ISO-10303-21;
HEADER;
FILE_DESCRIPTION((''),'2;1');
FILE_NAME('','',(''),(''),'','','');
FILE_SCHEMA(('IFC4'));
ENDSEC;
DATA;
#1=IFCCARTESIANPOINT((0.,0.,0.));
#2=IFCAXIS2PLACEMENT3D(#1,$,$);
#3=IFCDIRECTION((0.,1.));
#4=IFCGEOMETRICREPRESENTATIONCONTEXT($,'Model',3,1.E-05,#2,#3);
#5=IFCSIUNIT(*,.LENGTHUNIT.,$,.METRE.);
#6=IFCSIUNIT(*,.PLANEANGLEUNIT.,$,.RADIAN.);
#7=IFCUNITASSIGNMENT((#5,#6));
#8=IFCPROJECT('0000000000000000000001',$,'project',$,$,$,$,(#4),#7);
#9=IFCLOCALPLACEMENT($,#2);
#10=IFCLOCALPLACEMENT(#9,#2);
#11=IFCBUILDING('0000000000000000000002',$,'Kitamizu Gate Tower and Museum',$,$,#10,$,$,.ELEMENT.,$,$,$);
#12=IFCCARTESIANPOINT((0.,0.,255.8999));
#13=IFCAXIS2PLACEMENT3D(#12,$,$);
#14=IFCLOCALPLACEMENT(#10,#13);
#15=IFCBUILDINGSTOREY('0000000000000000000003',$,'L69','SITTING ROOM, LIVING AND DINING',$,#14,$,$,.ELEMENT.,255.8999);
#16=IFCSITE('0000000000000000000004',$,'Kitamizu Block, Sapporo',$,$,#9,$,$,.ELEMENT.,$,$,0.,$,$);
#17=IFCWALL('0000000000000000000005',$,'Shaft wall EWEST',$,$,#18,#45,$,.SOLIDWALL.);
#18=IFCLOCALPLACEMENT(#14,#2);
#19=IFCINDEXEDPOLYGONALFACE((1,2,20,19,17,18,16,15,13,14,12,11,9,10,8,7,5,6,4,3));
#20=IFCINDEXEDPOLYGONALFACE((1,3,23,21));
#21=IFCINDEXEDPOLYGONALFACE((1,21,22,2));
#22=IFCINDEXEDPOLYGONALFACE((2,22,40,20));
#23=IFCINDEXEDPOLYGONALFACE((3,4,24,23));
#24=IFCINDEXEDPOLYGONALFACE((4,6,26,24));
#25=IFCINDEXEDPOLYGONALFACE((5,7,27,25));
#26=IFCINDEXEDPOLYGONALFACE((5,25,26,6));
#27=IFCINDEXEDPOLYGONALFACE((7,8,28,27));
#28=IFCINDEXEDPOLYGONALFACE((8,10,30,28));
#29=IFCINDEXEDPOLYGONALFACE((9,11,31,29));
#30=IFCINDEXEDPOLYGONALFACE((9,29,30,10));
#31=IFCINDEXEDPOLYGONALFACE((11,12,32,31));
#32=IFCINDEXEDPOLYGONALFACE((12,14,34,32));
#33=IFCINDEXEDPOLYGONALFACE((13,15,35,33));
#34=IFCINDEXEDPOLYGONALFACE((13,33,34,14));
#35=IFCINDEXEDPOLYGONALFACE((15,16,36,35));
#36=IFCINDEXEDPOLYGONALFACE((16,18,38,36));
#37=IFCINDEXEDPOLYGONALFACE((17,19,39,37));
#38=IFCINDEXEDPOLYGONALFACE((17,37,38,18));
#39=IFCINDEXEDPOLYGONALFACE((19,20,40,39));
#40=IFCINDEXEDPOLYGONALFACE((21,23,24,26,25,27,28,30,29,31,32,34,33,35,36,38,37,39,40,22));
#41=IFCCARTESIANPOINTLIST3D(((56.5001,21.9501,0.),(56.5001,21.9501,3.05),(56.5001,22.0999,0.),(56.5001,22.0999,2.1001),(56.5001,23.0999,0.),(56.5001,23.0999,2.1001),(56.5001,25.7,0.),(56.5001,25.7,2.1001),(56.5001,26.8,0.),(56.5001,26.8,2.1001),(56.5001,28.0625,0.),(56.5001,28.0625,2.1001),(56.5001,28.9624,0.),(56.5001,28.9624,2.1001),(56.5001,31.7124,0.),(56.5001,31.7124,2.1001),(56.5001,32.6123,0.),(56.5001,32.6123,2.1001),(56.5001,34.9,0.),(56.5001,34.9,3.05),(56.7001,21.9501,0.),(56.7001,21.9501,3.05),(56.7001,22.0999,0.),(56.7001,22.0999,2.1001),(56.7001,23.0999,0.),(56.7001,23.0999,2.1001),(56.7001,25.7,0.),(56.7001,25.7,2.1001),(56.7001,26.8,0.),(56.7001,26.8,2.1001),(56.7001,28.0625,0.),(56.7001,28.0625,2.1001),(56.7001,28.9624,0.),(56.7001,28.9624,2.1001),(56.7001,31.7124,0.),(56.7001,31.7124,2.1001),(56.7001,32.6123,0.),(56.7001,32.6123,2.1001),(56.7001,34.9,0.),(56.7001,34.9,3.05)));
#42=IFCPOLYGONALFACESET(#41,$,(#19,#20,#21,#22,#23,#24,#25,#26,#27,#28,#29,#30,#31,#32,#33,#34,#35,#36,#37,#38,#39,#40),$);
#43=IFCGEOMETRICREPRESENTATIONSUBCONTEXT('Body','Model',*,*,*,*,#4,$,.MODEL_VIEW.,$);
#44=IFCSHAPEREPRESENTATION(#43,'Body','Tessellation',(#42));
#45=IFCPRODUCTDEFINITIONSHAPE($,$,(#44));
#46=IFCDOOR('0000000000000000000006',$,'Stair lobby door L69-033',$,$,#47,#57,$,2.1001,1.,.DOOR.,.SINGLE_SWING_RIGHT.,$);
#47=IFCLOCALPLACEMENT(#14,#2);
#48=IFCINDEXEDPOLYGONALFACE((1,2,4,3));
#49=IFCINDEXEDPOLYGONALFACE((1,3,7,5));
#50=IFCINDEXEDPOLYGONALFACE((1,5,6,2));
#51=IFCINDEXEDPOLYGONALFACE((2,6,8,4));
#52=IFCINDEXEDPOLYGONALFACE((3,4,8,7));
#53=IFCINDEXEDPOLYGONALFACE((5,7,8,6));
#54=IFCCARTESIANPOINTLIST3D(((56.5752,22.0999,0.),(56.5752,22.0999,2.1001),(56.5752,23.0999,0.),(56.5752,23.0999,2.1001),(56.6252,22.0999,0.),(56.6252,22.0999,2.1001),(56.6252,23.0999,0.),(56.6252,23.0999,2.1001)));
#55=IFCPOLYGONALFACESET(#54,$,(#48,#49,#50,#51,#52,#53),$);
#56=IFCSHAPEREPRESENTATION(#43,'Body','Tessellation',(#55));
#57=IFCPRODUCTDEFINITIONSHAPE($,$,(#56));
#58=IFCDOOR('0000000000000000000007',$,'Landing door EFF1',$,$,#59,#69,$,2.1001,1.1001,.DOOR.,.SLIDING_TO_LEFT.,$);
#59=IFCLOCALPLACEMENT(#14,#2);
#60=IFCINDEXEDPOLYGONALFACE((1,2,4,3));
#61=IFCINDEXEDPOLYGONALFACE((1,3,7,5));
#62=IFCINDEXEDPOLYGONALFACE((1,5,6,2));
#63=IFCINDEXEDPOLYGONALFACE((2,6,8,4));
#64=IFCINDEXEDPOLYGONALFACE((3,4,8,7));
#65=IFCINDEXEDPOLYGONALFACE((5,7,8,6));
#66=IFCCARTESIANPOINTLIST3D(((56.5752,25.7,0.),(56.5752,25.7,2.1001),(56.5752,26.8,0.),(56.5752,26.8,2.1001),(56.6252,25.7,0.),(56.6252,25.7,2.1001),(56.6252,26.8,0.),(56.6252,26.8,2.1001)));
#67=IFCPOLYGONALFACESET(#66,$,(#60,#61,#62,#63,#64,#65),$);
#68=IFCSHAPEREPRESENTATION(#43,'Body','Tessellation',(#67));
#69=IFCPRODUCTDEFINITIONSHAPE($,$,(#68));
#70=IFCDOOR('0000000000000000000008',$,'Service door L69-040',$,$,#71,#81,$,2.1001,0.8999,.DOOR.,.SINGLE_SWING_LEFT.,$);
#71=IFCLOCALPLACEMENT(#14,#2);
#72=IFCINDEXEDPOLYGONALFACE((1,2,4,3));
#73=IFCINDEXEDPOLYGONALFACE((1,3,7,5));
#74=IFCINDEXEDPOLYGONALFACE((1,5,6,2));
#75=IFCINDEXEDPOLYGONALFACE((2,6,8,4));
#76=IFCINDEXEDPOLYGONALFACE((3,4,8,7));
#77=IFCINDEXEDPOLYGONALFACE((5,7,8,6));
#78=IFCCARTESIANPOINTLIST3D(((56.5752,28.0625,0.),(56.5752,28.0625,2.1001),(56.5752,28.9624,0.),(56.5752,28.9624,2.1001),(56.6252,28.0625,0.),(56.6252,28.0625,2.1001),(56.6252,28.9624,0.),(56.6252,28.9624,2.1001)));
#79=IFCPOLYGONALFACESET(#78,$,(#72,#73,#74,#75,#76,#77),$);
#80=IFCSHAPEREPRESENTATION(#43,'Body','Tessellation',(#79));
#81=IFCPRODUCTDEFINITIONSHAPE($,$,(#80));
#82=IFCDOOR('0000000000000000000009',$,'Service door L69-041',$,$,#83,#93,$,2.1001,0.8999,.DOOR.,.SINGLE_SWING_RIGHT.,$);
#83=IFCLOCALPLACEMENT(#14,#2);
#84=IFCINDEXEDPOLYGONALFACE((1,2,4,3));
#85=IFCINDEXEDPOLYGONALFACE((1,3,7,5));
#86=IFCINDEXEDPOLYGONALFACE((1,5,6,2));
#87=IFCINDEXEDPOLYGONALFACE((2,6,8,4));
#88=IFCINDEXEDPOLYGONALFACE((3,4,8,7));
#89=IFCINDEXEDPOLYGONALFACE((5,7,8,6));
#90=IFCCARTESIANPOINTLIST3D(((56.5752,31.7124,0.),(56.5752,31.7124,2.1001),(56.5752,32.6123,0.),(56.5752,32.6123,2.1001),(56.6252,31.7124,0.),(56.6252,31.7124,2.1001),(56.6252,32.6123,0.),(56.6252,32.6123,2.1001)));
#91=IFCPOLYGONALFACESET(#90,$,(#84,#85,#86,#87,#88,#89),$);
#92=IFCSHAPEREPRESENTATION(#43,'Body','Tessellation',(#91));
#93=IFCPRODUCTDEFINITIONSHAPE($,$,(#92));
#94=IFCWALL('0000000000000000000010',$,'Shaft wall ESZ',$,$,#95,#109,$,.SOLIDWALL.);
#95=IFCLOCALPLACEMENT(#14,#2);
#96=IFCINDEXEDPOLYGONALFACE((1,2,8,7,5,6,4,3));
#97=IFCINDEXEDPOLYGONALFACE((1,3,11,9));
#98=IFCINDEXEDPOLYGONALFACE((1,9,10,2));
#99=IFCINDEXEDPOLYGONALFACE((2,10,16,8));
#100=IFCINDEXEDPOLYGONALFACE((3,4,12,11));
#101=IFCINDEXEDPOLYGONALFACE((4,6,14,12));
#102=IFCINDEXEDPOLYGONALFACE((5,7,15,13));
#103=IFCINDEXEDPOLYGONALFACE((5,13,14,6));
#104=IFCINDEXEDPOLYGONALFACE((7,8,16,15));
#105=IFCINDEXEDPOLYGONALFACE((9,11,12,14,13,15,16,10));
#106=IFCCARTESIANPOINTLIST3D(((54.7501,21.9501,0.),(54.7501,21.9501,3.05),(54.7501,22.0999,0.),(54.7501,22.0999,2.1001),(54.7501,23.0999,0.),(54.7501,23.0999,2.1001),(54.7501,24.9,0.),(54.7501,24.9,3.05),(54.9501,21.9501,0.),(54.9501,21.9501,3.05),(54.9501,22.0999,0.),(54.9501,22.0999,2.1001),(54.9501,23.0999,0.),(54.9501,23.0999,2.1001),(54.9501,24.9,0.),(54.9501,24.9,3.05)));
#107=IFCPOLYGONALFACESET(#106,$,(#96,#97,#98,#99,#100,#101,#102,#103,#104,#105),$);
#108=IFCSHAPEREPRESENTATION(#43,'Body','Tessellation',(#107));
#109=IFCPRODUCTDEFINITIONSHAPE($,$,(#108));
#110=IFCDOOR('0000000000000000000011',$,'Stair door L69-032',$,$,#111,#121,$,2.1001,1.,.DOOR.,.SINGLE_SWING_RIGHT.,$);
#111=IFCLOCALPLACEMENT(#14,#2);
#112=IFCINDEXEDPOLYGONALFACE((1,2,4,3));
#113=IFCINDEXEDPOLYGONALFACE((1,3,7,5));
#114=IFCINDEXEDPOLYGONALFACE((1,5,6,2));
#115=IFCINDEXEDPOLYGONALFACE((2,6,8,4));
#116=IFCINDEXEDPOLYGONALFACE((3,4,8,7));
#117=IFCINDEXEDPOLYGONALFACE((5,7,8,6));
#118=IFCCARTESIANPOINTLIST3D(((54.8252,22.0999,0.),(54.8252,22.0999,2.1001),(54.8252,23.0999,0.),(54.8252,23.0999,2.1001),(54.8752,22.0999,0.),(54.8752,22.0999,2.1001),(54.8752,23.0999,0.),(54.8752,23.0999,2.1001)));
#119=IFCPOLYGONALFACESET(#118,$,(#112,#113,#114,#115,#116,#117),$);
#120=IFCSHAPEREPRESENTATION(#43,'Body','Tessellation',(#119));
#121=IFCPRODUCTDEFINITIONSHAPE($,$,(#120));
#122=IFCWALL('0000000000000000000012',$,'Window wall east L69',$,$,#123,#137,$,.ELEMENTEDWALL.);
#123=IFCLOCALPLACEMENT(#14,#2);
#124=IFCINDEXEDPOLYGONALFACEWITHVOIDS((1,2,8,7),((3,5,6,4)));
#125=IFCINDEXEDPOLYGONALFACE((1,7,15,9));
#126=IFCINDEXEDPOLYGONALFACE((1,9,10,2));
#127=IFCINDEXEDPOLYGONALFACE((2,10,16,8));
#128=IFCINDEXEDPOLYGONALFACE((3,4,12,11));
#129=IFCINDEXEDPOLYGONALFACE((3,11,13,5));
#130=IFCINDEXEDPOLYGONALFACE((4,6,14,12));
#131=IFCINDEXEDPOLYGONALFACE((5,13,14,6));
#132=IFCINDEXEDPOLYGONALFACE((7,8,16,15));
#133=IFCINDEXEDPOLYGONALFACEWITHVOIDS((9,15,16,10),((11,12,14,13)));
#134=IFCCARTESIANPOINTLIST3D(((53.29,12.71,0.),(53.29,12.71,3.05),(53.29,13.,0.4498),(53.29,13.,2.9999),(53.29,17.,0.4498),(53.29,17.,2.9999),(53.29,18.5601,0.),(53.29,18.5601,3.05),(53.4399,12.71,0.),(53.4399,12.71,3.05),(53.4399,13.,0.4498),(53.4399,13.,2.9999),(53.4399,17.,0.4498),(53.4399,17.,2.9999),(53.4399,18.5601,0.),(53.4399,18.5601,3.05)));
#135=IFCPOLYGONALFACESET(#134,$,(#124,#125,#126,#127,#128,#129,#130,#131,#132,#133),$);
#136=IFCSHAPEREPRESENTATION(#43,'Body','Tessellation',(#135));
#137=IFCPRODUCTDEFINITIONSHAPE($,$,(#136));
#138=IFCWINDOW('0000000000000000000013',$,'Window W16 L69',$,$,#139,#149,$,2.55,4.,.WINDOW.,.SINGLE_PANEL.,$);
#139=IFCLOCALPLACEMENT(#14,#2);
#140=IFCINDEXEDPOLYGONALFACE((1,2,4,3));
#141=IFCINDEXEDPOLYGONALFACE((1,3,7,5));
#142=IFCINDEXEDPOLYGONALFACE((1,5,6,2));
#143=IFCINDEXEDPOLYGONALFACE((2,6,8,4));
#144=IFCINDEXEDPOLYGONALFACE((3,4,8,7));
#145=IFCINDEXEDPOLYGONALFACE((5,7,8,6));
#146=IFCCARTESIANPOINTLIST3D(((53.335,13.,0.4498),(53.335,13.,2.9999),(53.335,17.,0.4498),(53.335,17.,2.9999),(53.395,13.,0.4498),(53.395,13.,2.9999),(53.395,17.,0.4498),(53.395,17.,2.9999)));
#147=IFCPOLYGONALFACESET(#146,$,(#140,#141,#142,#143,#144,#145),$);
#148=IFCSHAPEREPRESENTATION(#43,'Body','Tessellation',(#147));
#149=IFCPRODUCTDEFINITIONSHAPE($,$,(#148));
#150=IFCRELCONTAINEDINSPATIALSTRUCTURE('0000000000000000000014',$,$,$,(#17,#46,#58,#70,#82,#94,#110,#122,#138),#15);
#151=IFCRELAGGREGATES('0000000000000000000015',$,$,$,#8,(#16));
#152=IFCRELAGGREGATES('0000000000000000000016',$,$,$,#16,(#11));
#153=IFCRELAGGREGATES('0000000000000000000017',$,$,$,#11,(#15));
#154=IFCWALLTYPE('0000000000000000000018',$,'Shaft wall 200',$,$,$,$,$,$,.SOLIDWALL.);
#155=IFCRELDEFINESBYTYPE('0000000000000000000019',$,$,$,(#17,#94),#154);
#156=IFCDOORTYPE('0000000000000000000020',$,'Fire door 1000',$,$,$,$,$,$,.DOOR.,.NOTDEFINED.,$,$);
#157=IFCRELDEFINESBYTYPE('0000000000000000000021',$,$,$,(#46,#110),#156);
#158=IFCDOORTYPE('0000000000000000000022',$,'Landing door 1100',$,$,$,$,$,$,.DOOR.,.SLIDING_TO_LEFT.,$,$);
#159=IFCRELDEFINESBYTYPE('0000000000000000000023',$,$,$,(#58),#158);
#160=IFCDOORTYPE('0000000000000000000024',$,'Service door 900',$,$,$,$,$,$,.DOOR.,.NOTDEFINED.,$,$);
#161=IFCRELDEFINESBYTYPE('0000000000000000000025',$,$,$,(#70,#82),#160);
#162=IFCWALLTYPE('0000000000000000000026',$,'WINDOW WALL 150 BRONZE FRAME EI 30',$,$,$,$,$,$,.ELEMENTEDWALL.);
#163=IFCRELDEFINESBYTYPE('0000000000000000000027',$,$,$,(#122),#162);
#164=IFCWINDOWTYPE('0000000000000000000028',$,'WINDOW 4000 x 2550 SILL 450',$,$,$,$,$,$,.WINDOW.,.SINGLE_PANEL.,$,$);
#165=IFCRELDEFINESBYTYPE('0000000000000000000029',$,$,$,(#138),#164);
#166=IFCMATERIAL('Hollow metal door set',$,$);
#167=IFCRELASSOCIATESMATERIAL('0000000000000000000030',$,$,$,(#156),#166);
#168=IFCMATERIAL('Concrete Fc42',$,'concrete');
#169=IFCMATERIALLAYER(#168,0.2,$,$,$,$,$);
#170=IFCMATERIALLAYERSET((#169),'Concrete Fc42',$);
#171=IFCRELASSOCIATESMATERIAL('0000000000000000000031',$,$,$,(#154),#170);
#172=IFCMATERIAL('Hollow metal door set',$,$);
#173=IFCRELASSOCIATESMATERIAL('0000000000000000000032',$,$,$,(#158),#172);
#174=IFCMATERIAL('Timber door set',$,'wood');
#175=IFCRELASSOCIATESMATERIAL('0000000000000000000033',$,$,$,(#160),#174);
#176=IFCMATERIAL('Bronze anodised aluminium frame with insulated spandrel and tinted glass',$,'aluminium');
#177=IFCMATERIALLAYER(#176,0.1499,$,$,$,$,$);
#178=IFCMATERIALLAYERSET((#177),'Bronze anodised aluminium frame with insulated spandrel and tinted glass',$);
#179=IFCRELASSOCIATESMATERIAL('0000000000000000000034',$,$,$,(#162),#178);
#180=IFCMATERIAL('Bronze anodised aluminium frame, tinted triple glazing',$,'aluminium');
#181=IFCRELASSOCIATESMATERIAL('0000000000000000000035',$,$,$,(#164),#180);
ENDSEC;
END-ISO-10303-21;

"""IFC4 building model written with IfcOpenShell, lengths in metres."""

from ifc_helpers import new_model, si_unit, direction, frame, frame_2d, origin, place, context, subcontext, project, spatial, rectangle, extrude, material, layer, layer_set, type_object, element, fill, save


model = new_model("IFC4")

# Units and contexts
model_context = context("Model", 3, precision=1e-05, world=origin(), true_north=direction((0.0, 1.0)))
body_context = subcontext(model_context, "Body", "Model", "MODEL_VIEW")
ifc_project = project(units=[si_unit("LENGTHUNIT", "METRE"), si_unit("PLANEANGLEUNIT", "RADIAN")], contexts=[model_context])

# Site, building, storey
site_placement = place(None, origin())
site = spatial("IfcSite", under=ifc_project, at=site_placement, Name="Kitamizu Block, Sapporo", CompositionType="ELEMENT", RefElevation=0.0)
building_placement = place(site_placement, origin())
building = spatial("IfcBuilding", under=site, at=building_placement, Name="Kitamizu Gate Tower and Museum", CompositionType="ELEMENT")
storey_placement = place(building_placement, frame((0.0, 0.0, 255.8999)))
storey = spatial("IfcBuildingStorey", under=building, at=storey_placement, Name="L69", Description="SITTING ROOM, LIVING AND DINING", CompositionType="ELEMENT", Elevation=255.8999)

# Shared definitions
ifc_material_1 = material(Name="Hollow metal door set")
door_type_1 = type_object("IfcDoorType", Name="Fire door 1000", OperationType="NOTDEFINED", PredefinedType="DOOR", material=ifc_material_1)

# Wall, openings, doors
ifc_material_2 = material(Name="Concrete Fc42", Category="concrete")
ifc_layer_1 = layer(ifc_material_2, 0.2)
ifc_layer_set_1 = layer_set([ifc_layer_1], Name="Concrete Fc42")
wall_type_1 = type_object("IfcWallType", Name="Shaft wall 200", PredefinedType="SOLIDWALL", material=ifc_layer_set_1)
wall_1_placement = place(storey_placement, frame((56.6001, 21.95, 0.0), z_axis=(0.0, 0.0, 1.0), x_axis=(0.0, 1.0, 0.0)))
wall_1 = element("IfcWall", 1, at=wall_1_placement, inside=storey, type_object=wall_type_1, Name="Shaft wall EWEST", PredefinedType="SOLIDWALL", context=body_context, shape_type="SweptSolid", body=[
    extrude(rectangle(XDim=12.95, YDim=0.2, at=frame_2d((6.4751, 0.0))), origin(), (0.0, 0.0, 1.0), 3.05),
])
opening_1_placement = place(wall_1_placement, frame((3.75, 0.0, 0.0)))
opening_1 = element("IfcOpeningElement", 2, at=opening_1_placement, cuts=wall_1, PredefinedType="OPENING", context=body_context, shape_type="SweptSolid", body=[
    extrude(rectangle(XDim=1.1001, YDim=2.1001, at=frame_2d((0.55, 1.05))), frame((0.0, 0.1099, 0.0), z_axis=(0.0, -1.0, 0.0), x_axis=(1.0, 0.0, 0.0)), (0.0, 0.0, 1.0), 0.22),
])
opening_2_placement = place(wall_1_placement, frame((0.1499, 0.0, 0.0)))
opening_2 = element("IfcOpeningElement", 3, at=opening_2_placement, cuts=wall_1, PredefinedType="OPENING", context=body_context, shape_type="SweptSolid", body=[
    extrude(rectangle(XDim=1.0, YDim=2.1001, at=frame_2d((0.5, 1.05))), frame((0.0, 0.1099, 0.0), z_axis=(0.0, -1.0, 0.0), x_axis=(1.0, 0.0, 0.0)), (0.0, 0.0, 1.0), 0.22),
])
opening_3_placement = place(wall_1_placement, frame((6.1125, 0.0, 0.0)))
opening_3 = element("IfcOpeningElement", 4, at=opening_3_placement, cuts=wall_1, PredefinedType="OPENING", context=body_context, shape_type="SweptSolid", body=[
    extrude(rectangle(XDim=0.8999, YDim=2.1001, at=frame_2d((0.45, 1.05))), frame((0.0, 0.1099, 0.0), z_axis=(0.0, -1.0, 0.0), x_axis=(1.0, 0.0, 0.0)), (0.0, 0.0, 1.0), 0.22),
])
opening_4_placement = place(wall_1_placement, frame((9.7625, 0.0, 0.0)))
opening_4 = element("IfcOpeningElement", 5, at=opening_4_placement, cuts=wall_1, PredefinedType="OPENING", context=body_context, shape_type="SweptSolid", body=[
    extrude(rectangle(XDim=0.8999, YDim=2.1001, at=frame_2d((0.45, 1.05))), frame((0.0, 0.1099, 0.0), z_axis=(0.0, -1.0, 0.0), x_axis=(1.0, 0.0, 0.0)), (0.0, 0.0, 1.0), 0.22),
])
door_1_placement = place(opening_2_placement, origin())
door_1 = element("IfcDoor", 6, at=door_1_placement, inside=storey, type_object=door_type_1, Name="Stair lobby door L69-033", OperationType="SINGLE_SWING_RIGHT", OverallHeight=2.1001, OverallWidth=1.0, PredefinedType="DOOR", context=body_context, shape_type="SweptSolid", body=[
    extrude(rectangle(XDim=1.0, YDim=2.1001, at=frame_2d((0.5, 1.05))), frame((0.0, 0.0249, 0.0), z_axis=(0.0, -1.0, 0.0), x_axis=(1.0, 0.0, 0.0)), (0.0, 0.0, 1.0), 0.05),
])
fill(opening_2, door_1)
ifc_material_3 = material(Name="Hollow metal door set")
door_type_2 = type_object("IfcDoorType", Name="Landing door 1100", OperationType="SLIDING_TO_LEFT", PredefinedType="DOOR", material=ifc_material_3)
door_2_placement = place(opening_1_placement, origin())
door_2 = element("IfcDoor", 7, at=door_2_placement, inside=storey, type_object=door_type_2, Name="Landing door EFF1", OperationType="SLIDING_TO_LEFT", OverallHeight=2.1001, OverallWidth=1.1001, PredefinedType="DOOR", context=body_context, shape_type="SweptSolid", body=[
    extrude(rectangle(XDim=1.1001, YDim=2.1001, at=frame_2d((0.55, 1.05))), frame((0.0, 0.0249, 0.0), z_axis=(0.0, -1.0, 0.0), x_axis=(1.0, 0.0, 0.0)), (0.0, 0.0, 1.0), 0.05),
])
fill(opening_1, door_2)
ifc_material_4 = material(Name="Timber door set", Category="wood")
door_type_3 = type_object("IfcDoorType", Name="Service door 900", OperationType="NOTDEFINED", PredefinedType="DOOR", material=ifc_material_4)
door_3_placement = place(opening_3_placement, origin())
door_3 = element("IfcDoor", 8, at=door_3_placement, inside=storey, type_object=door_type_3, Name="Service door L69-040", OperationType="SINGLE_SWING_LEFT", OverallHeight=2.1001, OverallWidth=0.8999, PredefinedType="DOOR", context=body_context, shape_type="SweptSolid", body=[
    extrude(rectangle(XDim=0.8999, YDim=2.1001, at=frame_2d((0.45, 1.05))), frame((0.0, 0.0249, 0.0), z_axis=(0.0, -1.0, 0.0), x_axis=(1.0, 0.0, 0.0)), (0.0, 0.0, 1.0), 0.05),
])
fill(opening_3, door_3)
door_4_placement = place(opening_4_placement, origin())
door_4 = element("IfcDoor", 9, at=door_4_placement, inside=storey, type_object=door_type_3, Name="Service door L69-041", OperationType="SINGLE_SWING_RIGHT", OverallHeight=2.1001, OverallWidth=0.8999, PredefinedType="DOOR", context=body_context, shape_type="SweptSolid", body=[
    extrude(rectangle(XDim=0.8999, YDim=2.1001, at=frame_2d((0.45, 1.05))), frame((0.0, 0.0249, 0.0), z_axis=(0.0, -1.0, 0.0), x_axis=(1.0, 0.0, 0.0)), (0.0, 0.0, 1.0), 0.05),
])
fill(opening_4, door_4)

# Wall, opening, door
wall_2_placement = place(storey_placement, frame((54.8501, 21.95, 0.0), z_axis=(0.0, 0.0, 1.0), x_axis=(0.0, 1.0, 0.0)))
wall_2 = element("IfcWall", 10, at=wall_2_placement, inside=storey, type_object=wall_type_1, Name="Shaft wall ESZ", PredefinedType="SOLIDWALL", context=body_context, shape_type="SweptSolid", body=[
    extrude(rectangle(XDim=2.95, YDim=0.2, at=frame_2d((1.4751, 0.0))), origin(), (0.0, 0.0, 1.0), 3.05),
])
opening_5_placement = place(wall_2_placement, frame((0.1499, 0.0, 0.0)))
opening_5 = element("IfcOpeningElement", 11, at=opening_5_placement, cuts=wall_2, PredefinedType="OPENING", context=body_context, shape_type="SweptSolid", body=[
    extrude(rectangle(XDim=1.0, YDim=2.1001, at=frame_2d((0.5, 1.05))), frame((0.0, 0.1099, 0.0), z_axis=(0.0, -1.0, 0.0), x_axis=(1.0, 0.0, 0.0)), (0.0, 0.0, 1.0), 0.22),
])
door_5_placement = place(opening_5_placement, origin())
door_5 = element("IfcDoor", 12, at=door_5_placement, inside=storey, type_object=door_type_1, Name="Stair door L69-032", OperationType="SINGLE_SWING_RIGHT", OverallHeight=2.1001, OverallWidth=1.0, PredefinedType="DOOR", context=body_context, shape_type="SweptSolid", body=[
    extrude(rectangle(XDim=1.0, YDim=2.1001, at=frame_2d((0.5, 1.05))), frame((0.0, 0.0249, 0.0), z_axis=(0.0, -1.0, 0.0), x_axis=(1.0, 0.0, 0.0)), (0.0, 0.0, 1.0), 0.05),
])
fill(opening_5, door_5)

# Wall, opening, window
ifc_material_5 = material(Name="Bronze anodised aluminium frame with insulated spandrel and tinted glass", Category="aluminium")
ifc_layer_2 = layer(ifc_material_5, 0.1499)
ifc_layer_set_2 = layer_set([ifc_layer_2], Name="Bronze anodised aluminium frame with insulated spandrel and tinted glass")
wall_type_2 = type_object("IfcWallType", Name="WINDOW WALL 150 BRONZE FRAME EI 30", PredefinedType="ELEMENTEDWALL", material=ifc_layer_set_2)
wall_3_placement = place(storey_placement, frame((53.365, 12.71, 0.0), z_axis=(0.0, 0.0, 1.0), x_axis=(0.0, 1.0, 0.0)))
wall_3 = element("IfcWall", 13, at=wall_3_placement, inside=storey, type_object=wall_type_2, Name="Window wall east L69", PredefinedType="ELEMENTEDWALL", context=body_context, shape_type="SweptSolid", body=[
    extrude(rectangle(XDim=5.8501, YDim=0.1499, at=frame_2d((2.925, 0.0))), origin(), (0.0, 0.0, 1.0), 3.05),
])
opening_6_placement = place(wall_3_placement, frame((0.29, 0.0, 0.45)))
opening_6 = element("IfcOpeningElement", 14, at=opening_6_placement, cuts=wall_3, PredefinedType="OPENING", context=body_context, shape_type="SweptSolid", body=[
    extrude(rectangle(XDim=4.0, YDim=2.55, at=frame_2d((2.0, 1.2749))), frame((0.0, 0.085, 0.0), z_axis=(0.0, -1.0, 0.0), x_axis=(1.0, 0.0, 0.0)), (0.0, 0.0, 1.0), 0.1699),
])
ifc_material_6 = material(Name="Bronze anodised aluminium frame, tinted triple glazing", Category="aluminium")
window_type = type_object("IfcWindowType", Name="WINDOW 4000 x 2550 SILL 450", PartitioningType="SINGLE_PANEL", PredefinedType="WINDOW", material=ifc_material_6)
window_1_placement = place(opening_6_placement, origin())
window_1 = element("IfcWindow", 15, at=window_1_placement, inside=storey, type_object=window_type, Name="Window W16 L69", OverallHeight=2.55, OverallWidth=4.0, PartitioningType="SINGLE_PANEL", PredefinedType="WINDOW", context=body_context, shape_type="SweptSolid", body=[
    extrude(rectangle(XDim=4.0, YDim=2.55, at=frame_2d((2.0, 1.2749))), frame((0.0, 0.03, 0.0), z_axis=(0.0, -1.0, 0.0), x_axis=(1.0, 0.0, 0.0)), (0.0, 0.0, 1.0), 0.0601),
])
fill(opening_6, window_1)

save(model, "model.ifc")
